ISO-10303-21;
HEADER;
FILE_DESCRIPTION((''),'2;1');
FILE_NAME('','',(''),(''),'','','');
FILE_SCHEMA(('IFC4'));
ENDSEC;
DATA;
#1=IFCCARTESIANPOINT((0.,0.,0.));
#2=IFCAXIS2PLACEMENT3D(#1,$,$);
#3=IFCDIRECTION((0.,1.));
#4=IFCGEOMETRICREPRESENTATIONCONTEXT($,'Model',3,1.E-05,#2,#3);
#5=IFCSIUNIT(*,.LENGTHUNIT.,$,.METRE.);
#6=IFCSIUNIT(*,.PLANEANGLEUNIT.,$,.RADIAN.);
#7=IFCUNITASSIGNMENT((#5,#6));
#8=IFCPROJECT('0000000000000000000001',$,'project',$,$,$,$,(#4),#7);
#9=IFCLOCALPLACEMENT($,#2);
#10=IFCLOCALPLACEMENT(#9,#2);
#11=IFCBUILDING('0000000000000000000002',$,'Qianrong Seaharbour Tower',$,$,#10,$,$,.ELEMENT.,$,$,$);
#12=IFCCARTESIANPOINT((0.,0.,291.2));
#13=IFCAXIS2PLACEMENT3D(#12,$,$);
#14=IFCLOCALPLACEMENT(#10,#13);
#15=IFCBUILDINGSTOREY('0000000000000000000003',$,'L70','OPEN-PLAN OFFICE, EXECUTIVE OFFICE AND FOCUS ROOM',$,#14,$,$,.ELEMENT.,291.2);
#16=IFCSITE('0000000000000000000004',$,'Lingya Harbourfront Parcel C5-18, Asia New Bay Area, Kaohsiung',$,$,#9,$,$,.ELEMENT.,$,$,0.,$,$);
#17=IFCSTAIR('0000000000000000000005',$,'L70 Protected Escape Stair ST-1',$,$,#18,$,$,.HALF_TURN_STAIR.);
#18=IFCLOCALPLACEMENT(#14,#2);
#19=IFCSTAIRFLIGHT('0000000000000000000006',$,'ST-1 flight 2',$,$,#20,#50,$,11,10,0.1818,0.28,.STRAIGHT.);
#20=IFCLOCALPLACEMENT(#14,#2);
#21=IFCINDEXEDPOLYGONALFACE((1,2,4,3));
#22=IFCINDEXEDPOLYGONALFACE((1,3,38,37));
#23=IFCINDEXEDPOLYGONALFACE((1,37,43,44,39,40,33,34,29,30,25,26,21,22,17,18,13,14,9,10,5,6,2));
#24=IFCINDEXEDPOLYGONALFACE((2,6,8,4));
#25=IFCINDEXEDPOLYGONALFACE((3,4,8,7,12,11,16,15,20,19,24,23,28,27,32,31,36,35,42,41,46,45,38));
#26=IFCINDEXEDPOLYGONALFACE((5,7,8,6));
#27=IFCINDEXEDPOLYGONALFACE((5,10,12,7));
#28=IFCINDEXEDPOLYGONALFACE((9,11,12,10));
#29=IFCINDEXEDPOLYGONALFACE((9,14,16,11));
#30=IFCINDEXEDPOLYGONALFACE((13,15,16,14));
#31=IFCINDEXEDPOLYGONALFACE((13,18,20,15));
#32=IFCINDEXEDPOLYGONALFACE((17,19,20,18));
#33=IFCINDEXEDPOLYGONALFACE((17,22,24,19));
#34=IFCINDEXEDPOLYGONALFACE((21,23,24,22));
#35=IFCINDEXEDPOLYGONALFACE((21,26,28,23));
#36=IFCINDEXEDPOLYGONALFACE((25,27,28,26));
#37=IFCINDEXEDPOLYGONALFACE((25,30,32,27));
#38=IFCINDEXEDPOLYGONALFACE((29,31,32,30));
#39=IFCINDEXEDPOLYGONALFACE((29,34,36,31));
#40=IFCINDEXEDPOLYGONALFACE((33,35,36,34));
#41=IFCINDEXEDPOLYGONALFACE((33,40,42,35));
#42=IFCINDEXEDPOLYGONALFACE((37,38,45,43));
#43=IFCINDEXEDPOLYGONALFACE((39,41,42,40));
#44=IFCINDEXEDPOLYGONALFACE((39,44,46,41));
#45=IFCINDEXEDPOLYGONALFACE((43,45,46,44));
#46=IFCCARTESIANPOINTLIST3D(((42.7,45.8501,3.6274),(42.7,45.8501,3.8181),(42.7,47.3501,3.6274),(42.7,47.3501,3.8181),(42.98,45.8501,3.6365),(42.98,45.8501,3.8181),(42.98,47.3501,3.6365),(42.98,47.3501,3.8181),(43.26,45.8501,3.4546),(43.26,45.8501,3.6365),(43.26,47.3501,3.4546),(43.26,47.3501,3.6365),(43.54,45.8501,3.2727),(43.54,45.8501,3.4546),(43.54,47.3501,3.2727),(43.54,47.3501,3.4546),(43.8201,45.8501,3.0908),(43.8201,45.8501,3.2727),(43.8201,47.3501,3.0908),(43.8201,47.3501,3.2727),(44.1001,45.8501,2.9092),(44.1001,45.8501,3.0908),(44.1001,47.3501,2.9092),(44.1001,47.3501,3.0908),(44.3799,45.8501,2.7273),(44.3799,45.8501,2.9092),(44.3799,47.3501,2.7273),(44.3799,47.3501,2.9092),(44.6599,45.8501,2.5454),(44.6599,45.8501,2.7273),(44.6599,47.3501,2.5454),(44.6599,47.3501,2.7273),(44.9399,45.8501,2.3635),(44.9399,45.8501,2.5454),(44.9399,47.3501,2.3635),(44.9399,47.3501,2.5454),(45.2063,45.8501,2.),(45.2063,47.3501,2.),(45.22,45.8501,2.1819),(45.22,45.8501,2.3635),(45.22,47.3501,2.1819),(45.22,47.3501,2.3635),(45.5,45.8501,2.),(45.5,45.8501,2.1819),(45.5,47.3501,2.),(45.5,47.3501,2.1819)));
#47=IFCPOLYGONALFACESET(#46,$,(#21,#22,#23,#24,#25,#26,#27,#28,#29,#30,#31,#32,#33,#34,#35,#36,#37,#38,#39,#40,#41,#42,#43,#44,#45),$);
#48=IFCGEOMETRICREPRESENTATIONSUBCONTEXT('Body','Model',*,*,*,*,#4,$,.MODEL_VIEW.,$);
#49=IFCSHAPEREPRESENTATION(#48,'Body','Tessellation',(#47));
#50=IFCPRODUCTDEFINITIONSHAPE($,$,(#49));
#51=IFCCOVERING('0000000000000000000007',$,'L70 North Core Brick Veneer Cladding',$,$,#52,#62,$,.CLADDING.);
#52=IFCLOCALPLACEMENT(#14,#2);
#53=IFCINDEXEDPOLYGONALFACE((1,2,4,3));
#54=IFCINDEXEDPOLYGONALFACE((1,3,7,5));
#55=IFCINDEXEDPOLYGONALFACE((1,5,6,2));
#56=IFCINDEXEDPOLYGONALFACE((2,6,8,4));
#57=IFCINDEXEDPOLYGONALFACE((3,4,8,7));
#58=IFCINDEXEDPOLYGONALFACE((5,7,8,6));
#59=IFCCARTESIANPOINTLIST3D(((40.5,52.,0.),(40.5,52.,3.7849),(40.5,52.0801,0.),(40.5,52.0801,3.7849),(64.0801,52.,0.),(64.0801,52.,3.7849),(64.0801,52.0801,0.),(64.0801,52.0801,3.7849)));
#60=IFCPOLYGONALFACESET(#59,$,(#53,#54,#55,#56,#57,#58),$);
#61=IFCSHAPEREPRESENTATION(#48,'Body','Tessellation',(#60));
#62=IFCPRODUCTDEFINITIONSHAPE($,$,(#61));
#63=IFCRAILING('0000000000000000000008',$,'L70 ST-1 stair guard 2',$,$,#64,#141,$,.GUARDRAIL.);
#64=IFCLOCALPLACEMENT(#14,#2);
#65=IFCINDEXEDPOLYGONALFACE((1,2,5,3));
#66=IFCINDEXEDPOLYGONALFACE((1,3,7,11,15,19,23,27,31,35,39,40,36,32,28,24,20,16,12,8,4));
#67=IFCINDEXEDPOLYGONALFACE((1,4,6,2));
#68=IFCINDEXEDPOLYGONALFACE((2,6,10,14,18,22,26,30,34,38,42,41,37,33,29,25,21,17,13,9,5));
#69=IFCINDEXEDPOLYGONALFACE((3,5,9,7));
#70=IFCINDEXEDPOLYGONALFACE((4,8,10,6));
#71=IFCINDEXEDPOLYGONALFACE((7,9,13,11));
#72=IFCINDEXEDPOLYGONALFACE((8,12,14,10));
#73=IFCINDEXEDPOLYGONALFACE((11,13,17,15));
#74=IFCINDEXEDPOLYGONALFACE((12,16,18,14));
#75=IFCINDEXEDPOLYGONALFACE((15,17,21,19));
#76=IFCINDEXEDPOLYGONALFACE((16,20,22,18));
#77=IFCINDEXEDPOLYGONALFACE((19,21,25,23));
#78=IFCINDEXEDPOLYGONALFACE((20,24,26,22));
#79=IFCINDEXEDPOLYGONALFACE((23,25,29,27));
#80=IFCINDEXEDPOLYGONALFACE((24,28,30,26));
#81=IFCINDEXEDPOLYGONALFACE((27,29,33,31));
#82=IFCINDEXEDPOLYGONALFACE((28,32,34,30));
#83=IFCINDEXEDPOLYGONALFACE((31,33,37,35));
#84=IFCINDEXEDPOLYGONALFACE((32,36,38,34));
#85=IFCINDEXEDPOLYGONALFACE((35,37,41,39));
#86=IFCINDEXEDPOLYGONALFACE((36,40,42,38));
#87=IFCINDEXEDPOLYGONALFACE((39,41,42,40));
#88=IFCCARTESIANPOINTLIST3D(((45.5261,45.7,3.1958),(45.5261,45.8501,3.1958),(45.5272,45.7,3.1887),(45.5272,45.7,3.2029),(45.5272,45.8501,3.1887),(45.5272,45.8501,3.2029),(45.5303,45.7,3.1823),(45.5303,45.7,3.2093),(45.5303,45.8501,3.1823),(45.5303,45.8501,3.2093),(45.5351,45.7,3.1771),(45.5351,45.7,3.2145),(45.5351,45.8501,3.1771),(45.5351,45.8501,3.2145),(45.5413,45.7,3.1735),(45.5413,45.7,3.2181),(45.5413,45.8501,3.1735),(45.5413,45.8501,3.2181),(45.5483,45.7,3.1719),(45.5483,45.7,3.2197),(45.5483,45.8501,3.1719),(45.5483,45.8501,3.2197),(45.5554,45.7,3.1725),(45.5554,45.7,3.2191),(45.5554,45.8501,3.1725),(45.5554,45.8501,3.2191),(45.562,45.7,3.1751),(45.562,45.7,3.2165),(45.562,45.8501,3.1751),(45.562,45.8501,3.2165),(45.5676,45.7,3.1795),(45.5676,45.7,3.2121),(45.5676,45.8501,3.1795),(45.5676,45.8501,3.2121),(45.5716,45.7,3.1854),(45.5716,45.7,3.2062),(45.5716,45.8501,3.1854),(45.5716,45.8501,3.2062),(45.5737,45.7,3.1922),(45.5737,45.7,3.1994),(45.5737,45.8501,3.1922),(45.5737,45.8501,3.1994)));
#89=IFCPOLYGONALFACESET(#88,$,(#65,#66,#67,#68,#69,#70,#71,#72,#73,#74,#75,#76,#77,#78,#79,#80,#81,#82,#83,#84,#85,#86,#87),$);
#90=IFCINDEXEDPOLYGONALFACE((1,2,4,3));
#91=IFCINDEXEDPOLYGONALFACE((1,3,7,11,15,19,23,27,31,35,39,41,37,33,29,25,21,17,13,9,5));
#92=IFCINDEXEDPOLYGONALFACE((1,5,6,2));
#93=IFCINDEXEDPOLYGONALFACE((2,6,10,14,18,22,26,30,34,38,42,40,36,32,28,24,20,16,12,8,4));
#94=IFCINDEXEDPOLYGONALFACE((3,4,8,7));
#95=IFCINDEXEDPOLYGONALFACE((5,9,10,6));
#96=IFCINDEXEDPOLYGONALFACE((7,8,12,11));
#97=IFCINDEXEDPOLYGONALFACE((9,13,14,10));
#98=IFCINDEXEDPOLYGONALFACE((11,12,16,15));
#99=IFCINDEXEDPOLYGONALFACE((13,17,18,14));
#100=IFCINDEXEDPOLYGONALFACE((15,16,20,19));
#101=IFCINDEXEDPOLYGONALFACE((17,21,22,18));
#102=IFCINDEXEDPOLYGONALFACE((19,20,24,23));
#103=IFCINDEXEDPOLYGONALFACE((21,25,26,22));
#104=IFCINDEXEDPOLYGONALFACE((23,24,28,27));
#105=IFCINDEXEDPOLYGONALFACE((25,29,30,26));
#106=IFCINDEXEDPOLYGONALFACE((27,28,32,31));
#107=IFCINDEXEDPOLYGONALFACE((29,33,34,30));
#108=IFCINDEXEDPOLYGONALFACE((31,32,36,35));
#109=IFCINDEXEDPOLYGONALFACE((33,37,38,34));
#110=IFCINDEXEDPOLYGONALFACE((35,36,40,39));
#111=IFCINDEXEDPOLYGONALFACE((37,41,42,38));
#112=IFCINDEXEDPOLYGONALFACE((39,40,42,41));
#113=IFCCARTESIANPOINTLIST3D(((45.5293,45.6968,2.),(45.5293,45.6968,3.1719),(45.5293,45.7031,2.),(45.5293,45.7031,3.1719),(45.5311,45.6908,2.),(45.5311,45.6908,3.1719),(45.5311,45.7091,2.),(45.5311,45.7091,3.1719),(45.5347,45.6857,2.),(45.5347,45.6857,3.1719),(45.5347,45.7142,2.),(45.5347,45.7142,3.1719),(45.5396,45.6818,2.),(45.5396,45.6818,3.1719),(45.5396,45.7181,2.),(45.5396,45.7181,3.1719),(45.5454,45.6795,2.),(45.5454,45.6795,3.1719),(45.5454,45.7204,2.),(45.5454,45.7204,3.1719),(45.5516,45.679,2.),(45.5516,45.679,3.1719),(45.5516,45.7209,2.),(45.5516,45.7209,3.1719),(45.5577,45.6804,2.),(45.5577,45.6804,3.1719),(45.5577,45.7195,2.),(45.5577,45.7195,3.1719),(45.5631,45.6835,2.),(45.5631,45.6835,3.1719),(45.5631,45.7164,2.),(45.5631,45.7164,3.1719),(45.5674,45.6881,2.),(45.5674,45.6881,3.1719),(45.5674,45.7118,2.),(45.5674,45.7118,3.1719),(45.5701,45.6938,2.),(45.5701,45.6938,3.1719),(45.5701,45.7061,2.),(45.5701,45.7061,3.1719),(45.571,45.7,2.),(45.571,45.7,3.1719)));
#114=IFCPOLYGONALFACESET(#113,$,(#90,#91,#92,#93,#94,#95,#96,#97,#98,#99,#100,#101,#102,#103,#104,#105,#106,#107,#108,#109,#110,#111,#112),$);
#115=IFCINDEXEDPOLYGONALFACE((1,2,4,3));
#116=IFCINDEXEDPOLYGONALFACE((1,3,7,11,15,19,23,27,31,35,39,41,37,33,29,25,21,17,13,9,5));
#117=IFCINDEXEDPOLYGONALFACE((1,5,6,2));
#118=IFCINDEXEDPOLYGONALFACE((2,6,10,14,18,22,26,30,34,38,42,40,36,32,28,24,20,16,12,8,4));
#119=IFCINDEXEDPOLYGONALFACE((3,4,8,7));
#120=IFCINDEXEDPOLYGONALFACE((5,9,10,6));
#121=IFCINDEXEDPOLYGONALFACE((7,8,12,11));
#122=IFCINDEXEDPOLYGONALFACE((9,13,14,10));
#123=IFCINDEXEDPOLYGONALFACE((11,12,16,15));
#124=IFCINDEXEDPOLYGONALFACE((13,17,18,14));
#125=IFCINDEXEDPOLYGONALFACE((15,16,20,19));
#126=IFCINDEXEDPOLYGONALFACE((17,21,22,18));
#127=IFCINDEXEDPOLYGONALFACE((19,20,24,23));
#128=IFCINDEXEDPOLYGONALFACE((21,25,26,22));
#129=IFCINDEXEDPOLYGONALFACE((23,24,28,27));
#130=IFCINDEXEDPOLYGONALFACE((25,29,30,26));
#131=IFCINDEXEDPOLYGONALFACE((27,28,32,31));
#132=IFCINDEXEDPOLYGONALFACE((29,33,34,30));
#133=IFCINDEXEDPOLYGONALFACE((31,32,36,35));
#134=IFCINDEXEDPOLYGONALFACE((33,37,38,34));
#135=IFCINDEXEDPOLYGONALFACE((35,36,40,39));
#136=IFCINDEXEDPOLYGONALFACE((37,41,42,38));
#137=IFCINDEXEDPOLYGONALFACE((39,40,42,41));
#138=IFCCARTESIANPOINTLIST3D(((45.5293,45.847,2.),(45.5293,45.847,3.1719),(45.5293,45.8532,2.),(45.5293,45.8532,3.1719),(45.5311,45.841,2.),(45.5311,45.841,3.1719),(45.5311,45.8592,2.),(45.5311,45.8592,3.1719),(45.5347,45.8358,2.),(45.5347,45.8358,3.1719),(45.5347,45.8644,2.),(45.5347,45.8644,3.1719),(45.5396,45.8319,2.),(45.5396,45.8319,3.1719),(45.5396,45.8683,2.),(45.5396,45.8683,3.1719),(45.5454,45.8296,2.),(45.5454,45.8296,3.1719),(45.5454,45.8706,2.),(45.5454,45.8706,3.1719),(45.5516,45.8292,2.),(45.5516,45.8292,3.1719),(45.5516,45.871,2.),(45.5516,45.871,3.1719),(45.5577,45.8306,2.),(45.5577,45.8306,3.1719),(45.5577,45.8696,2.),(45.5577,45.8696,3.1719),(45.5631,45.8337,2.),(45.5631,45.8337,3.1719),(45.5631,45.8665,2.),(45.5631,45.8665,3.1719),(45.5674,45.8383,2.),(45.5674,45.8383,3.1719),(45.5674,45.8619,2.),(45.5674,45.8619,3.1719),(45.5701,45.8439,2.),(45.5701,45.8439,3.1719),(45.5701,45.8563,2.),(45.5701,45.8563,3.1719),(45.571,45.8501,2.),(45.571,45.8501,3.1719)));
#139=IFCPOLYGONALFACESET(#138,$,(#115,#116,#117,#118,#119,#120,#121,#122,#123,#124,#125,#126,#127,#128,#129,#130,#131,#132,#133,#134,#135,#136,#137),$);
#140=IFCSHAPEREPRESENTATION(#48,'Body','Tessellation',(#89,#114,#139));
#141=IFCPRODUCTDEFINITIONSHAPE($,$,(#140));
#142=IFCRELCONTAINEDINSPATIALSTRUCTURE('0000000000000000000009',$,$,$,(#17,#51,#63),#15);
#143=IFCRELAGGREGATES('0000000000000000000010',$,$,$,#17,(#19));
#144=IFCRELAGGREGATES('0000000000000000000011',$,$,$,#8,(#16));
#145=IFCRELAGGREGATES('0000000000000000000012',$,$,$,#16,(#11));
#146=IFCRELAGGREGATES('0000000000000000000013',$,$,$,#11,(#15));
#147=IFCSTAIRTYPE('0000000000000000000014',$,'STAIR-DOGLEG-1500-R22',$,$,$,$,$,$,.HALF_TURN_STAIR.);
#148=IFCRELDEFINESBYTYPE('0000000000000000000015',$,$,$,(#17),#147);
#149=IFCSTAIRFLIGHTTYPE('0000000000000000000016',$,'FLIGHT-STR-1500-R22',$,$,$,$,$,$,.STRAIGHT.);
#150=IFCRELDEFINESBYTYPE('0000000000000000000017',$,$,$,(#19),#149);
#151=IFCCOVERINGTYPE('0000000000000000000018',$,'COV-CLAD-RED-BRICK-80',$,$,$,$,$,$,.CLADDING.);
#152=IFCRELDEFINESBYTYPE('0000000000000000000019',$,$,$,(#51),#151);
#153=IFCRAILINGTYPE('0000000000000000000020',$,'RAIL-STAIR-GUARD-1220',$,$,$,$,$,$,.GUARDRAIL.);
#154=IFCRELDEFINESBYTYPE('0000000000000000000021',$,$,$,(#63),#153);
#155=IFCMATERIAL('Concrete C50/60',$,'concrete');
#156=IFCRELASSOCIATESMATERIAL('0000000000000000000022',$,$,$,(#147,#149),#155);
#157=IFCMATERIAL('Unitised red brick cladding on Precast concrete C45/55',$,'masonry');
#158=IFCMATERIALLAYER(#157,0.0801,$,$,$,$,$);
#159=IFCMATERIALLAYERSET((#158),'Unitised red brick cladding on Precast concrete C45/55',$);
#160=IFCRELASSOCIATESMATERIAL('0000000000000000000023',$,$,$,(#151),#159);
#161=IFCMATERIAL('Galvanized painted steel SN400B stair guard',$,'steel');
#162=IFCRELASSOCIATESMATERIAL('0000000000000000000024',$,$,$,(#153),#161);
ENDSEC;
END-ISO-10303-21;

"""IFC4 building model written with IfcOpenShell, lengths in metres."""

from ifc_helpers import new_model, si_unit, direction, frame, origin, origin_2d, place, context, subcontext, project, spatial, polyline, rectangle, circle, outline, extrude, material, layer, layer_set, type_object, element, aggregate, save


model = new_model("IFC4")

# Units and contexts
model_context = context("Model", 3, precision=1e-05, world=origin(), true_north=direction((0.0, 1.0)))
body_context = subcontext(model_context, "Body", "Model", "MODEL_VIEW")
ifc_project = project(units=[si_unit("LENGTHUNIT", "METRE"), si_unit("PLANEANGLEUNIT", "RADIAN")], contexts=[model_context])

# Site, building, storey
site_placement = place(None, origin())
site = spatial("IfcSite", under=ifc_project, at=site_placement, Name="Lingya Harbourfront Parcel C5-18, Asia New Bay Area, Kaohsiung", CompositionType="ELEMENT", RefElevation=0.0)
building_placement = place(site_placement, origin())
building = spatial("IfcBuilding", under=site, at=building_placement, Name="Qianrong Seaharbour Tower", CompositionType="ELEMENT")
storey_placement = place(building_placement, frame((0.0, 0.0, 291.2)))
storey = spatial("IfcBuildingStorey", under=building, at=storey_placement, Name="L70", Description="OPEN-PLAN OFFICE, EXECUTIVE OFFICE AND FOCUS ROOM", CompositionType="ELEMENT", Elevation=291.2)

# Shared definitions
ifc_material_1 = material(Name="Concrete C50/60", Category="concrete")

# Stair, stair flight
stair_type = type_object("IfcStairType", Name="STAIR-DOGLEG-1500-R22", PredefinedType="HALF_TURN_STAIR", material=ifc_material_1)
stair_placement = place(storey_placement, origin())
stair = element("IfcStair", 1, at=stair_placement, inside=storey, type_object=stair_type, Name="L70 Protected Escape Stair ST-1", PredefinedType="HALF_TURN_STAIR")
stair_flight_type = type_object("IfcStairFlightType", Name="FLIGHT-STR-1500-R22", PredefinedType="STRAIGHT", material=ifc_material_1)
stair_flight_placement = place(storey_placement, frame((45.5, 46.6001, 2.0), z_axis=(0.0, 0.0, 1.0), x_axis=(-1.0, 0.0, 0.0)))
stair_flight = element("IfcStairFlight", 2, at=stair_flight_placement, type_object=stair_flight_type, Name="ST-1 flight 2", NumberOfRisers=11, NumberOfTreads=10, PredefinedType="STRAIGHT", RiserHeight=0.1818, TreadLength=0.28, context=body_context, shape_type="SweptSolid", body=[
    extrude(outline(polyline([(0.0, 0.0), (0.0, 0.1819), (0.28, 0.1819), (0.28, 0.3635), (0.5601, 0.3635), (0.5601, 0.5454), (0.8401, 0.5454), (0.8401, 0.7273), (1.1201, 0.7273), (1.1201, 0.9092), (1.3999, 0.9092), (1.3999, 1.0908), (1.6799, 1.0908), (1.6799, 1.2727), (1.96, 1.2727), (1.96, 1.4546), (2.24, 1.4546), (2.24, 1.6365), (2.52, 1.6365), (2.52, 1.8181), (2.8, 1.8181), (2.8, 2.0), (2.8, 1.6274), (0.2937, 0.0), (0.0, 0.0)])), frame((0.0, 0.75, 0.0), z_axis=(0.0, -1.0, 0.0), x_axis=(1.0, 0.0, 0.0)), (0.0, 0.0, 1.0), 1.5),
])
aggregate(stair, [stair_flight])

# Covering
ifc_material_2 = material(Name="Unitised red brick cladding on Precast concrete C45/55", Category="masonry")
ifc_layer_1 = layer(ifc_material_2, 0.0801)
ifc_layer_set_1 = layer_set([ifc_layer_1], Name="Unitised red brick cladding on Precast concrete C45/55")
covering_type = type_object("IfcCoveringType", Name="COV-CLAD-RED-BRICK-80", PredefinedType="CLADDING", material=ifc_layer_set_1)
covering_placement = place(storey_placement, frame((52.29, 52.04, 0.0), z_axis=(0.0, 0.0, 1.0), x_axis=(1.0, 0.0, 0.0)))
element("IfcCovering", 3, at=covering_placement, inside=storey, type_object=covering_type, Name="L70 North Core Brick Veneer Cladding", PredefinedType="CLADDING", context=body_context, shape_type="SweptSolid", body=[
    extrude(rectangle(XDim=23.5801, YDim=0.0801, at=origin_2d()), origin(), (0.0, 0.0, 1.0), 3.7849),
])

# Railing
ifc_material_3 = material(Name="Galvanized painted steel SN400B stair guard", Category="steel")
railing_type_1 = type_object("IfcRailingType", Name="RAIL-STAIR-GUARD-1220", PredefinedType="GUARDRAIL", material=ifc_material_3)
railing_1_placement = place(storey_placement, frame((45.55, 45.7, 2.0)))
element("IfcRailing", 4, at=railing_1_placement, inside=storey, type_object=railing_type_1, Name="L70 ST-1 stair guard 2", PredefinedType="GUARDRAIL", context=body_context, shape_type="SweptSolid", body=[
    extrude(circle(Radius=0.0239, at=origin_2d()), frame((0.0, 0.0, 1.1958), z_axis=(0.0, 1.0, 0.0), x_axis=(-1.0, 0.0, 0.0)), (0.0, 0.0, 1.0), 0.1501),
    extrude(circle(Radius=0.021, at=origin_2d()), origin(), (0.0, 0.0, 1.0), 1.1719),
    extrude(circle(Radius=0.021, at=origin_2d()), frame((0.0, 0.1501, 0.0)), (0.0, 0.0, 1.0), 1.1719),
])

save(model, "model.ifc")
